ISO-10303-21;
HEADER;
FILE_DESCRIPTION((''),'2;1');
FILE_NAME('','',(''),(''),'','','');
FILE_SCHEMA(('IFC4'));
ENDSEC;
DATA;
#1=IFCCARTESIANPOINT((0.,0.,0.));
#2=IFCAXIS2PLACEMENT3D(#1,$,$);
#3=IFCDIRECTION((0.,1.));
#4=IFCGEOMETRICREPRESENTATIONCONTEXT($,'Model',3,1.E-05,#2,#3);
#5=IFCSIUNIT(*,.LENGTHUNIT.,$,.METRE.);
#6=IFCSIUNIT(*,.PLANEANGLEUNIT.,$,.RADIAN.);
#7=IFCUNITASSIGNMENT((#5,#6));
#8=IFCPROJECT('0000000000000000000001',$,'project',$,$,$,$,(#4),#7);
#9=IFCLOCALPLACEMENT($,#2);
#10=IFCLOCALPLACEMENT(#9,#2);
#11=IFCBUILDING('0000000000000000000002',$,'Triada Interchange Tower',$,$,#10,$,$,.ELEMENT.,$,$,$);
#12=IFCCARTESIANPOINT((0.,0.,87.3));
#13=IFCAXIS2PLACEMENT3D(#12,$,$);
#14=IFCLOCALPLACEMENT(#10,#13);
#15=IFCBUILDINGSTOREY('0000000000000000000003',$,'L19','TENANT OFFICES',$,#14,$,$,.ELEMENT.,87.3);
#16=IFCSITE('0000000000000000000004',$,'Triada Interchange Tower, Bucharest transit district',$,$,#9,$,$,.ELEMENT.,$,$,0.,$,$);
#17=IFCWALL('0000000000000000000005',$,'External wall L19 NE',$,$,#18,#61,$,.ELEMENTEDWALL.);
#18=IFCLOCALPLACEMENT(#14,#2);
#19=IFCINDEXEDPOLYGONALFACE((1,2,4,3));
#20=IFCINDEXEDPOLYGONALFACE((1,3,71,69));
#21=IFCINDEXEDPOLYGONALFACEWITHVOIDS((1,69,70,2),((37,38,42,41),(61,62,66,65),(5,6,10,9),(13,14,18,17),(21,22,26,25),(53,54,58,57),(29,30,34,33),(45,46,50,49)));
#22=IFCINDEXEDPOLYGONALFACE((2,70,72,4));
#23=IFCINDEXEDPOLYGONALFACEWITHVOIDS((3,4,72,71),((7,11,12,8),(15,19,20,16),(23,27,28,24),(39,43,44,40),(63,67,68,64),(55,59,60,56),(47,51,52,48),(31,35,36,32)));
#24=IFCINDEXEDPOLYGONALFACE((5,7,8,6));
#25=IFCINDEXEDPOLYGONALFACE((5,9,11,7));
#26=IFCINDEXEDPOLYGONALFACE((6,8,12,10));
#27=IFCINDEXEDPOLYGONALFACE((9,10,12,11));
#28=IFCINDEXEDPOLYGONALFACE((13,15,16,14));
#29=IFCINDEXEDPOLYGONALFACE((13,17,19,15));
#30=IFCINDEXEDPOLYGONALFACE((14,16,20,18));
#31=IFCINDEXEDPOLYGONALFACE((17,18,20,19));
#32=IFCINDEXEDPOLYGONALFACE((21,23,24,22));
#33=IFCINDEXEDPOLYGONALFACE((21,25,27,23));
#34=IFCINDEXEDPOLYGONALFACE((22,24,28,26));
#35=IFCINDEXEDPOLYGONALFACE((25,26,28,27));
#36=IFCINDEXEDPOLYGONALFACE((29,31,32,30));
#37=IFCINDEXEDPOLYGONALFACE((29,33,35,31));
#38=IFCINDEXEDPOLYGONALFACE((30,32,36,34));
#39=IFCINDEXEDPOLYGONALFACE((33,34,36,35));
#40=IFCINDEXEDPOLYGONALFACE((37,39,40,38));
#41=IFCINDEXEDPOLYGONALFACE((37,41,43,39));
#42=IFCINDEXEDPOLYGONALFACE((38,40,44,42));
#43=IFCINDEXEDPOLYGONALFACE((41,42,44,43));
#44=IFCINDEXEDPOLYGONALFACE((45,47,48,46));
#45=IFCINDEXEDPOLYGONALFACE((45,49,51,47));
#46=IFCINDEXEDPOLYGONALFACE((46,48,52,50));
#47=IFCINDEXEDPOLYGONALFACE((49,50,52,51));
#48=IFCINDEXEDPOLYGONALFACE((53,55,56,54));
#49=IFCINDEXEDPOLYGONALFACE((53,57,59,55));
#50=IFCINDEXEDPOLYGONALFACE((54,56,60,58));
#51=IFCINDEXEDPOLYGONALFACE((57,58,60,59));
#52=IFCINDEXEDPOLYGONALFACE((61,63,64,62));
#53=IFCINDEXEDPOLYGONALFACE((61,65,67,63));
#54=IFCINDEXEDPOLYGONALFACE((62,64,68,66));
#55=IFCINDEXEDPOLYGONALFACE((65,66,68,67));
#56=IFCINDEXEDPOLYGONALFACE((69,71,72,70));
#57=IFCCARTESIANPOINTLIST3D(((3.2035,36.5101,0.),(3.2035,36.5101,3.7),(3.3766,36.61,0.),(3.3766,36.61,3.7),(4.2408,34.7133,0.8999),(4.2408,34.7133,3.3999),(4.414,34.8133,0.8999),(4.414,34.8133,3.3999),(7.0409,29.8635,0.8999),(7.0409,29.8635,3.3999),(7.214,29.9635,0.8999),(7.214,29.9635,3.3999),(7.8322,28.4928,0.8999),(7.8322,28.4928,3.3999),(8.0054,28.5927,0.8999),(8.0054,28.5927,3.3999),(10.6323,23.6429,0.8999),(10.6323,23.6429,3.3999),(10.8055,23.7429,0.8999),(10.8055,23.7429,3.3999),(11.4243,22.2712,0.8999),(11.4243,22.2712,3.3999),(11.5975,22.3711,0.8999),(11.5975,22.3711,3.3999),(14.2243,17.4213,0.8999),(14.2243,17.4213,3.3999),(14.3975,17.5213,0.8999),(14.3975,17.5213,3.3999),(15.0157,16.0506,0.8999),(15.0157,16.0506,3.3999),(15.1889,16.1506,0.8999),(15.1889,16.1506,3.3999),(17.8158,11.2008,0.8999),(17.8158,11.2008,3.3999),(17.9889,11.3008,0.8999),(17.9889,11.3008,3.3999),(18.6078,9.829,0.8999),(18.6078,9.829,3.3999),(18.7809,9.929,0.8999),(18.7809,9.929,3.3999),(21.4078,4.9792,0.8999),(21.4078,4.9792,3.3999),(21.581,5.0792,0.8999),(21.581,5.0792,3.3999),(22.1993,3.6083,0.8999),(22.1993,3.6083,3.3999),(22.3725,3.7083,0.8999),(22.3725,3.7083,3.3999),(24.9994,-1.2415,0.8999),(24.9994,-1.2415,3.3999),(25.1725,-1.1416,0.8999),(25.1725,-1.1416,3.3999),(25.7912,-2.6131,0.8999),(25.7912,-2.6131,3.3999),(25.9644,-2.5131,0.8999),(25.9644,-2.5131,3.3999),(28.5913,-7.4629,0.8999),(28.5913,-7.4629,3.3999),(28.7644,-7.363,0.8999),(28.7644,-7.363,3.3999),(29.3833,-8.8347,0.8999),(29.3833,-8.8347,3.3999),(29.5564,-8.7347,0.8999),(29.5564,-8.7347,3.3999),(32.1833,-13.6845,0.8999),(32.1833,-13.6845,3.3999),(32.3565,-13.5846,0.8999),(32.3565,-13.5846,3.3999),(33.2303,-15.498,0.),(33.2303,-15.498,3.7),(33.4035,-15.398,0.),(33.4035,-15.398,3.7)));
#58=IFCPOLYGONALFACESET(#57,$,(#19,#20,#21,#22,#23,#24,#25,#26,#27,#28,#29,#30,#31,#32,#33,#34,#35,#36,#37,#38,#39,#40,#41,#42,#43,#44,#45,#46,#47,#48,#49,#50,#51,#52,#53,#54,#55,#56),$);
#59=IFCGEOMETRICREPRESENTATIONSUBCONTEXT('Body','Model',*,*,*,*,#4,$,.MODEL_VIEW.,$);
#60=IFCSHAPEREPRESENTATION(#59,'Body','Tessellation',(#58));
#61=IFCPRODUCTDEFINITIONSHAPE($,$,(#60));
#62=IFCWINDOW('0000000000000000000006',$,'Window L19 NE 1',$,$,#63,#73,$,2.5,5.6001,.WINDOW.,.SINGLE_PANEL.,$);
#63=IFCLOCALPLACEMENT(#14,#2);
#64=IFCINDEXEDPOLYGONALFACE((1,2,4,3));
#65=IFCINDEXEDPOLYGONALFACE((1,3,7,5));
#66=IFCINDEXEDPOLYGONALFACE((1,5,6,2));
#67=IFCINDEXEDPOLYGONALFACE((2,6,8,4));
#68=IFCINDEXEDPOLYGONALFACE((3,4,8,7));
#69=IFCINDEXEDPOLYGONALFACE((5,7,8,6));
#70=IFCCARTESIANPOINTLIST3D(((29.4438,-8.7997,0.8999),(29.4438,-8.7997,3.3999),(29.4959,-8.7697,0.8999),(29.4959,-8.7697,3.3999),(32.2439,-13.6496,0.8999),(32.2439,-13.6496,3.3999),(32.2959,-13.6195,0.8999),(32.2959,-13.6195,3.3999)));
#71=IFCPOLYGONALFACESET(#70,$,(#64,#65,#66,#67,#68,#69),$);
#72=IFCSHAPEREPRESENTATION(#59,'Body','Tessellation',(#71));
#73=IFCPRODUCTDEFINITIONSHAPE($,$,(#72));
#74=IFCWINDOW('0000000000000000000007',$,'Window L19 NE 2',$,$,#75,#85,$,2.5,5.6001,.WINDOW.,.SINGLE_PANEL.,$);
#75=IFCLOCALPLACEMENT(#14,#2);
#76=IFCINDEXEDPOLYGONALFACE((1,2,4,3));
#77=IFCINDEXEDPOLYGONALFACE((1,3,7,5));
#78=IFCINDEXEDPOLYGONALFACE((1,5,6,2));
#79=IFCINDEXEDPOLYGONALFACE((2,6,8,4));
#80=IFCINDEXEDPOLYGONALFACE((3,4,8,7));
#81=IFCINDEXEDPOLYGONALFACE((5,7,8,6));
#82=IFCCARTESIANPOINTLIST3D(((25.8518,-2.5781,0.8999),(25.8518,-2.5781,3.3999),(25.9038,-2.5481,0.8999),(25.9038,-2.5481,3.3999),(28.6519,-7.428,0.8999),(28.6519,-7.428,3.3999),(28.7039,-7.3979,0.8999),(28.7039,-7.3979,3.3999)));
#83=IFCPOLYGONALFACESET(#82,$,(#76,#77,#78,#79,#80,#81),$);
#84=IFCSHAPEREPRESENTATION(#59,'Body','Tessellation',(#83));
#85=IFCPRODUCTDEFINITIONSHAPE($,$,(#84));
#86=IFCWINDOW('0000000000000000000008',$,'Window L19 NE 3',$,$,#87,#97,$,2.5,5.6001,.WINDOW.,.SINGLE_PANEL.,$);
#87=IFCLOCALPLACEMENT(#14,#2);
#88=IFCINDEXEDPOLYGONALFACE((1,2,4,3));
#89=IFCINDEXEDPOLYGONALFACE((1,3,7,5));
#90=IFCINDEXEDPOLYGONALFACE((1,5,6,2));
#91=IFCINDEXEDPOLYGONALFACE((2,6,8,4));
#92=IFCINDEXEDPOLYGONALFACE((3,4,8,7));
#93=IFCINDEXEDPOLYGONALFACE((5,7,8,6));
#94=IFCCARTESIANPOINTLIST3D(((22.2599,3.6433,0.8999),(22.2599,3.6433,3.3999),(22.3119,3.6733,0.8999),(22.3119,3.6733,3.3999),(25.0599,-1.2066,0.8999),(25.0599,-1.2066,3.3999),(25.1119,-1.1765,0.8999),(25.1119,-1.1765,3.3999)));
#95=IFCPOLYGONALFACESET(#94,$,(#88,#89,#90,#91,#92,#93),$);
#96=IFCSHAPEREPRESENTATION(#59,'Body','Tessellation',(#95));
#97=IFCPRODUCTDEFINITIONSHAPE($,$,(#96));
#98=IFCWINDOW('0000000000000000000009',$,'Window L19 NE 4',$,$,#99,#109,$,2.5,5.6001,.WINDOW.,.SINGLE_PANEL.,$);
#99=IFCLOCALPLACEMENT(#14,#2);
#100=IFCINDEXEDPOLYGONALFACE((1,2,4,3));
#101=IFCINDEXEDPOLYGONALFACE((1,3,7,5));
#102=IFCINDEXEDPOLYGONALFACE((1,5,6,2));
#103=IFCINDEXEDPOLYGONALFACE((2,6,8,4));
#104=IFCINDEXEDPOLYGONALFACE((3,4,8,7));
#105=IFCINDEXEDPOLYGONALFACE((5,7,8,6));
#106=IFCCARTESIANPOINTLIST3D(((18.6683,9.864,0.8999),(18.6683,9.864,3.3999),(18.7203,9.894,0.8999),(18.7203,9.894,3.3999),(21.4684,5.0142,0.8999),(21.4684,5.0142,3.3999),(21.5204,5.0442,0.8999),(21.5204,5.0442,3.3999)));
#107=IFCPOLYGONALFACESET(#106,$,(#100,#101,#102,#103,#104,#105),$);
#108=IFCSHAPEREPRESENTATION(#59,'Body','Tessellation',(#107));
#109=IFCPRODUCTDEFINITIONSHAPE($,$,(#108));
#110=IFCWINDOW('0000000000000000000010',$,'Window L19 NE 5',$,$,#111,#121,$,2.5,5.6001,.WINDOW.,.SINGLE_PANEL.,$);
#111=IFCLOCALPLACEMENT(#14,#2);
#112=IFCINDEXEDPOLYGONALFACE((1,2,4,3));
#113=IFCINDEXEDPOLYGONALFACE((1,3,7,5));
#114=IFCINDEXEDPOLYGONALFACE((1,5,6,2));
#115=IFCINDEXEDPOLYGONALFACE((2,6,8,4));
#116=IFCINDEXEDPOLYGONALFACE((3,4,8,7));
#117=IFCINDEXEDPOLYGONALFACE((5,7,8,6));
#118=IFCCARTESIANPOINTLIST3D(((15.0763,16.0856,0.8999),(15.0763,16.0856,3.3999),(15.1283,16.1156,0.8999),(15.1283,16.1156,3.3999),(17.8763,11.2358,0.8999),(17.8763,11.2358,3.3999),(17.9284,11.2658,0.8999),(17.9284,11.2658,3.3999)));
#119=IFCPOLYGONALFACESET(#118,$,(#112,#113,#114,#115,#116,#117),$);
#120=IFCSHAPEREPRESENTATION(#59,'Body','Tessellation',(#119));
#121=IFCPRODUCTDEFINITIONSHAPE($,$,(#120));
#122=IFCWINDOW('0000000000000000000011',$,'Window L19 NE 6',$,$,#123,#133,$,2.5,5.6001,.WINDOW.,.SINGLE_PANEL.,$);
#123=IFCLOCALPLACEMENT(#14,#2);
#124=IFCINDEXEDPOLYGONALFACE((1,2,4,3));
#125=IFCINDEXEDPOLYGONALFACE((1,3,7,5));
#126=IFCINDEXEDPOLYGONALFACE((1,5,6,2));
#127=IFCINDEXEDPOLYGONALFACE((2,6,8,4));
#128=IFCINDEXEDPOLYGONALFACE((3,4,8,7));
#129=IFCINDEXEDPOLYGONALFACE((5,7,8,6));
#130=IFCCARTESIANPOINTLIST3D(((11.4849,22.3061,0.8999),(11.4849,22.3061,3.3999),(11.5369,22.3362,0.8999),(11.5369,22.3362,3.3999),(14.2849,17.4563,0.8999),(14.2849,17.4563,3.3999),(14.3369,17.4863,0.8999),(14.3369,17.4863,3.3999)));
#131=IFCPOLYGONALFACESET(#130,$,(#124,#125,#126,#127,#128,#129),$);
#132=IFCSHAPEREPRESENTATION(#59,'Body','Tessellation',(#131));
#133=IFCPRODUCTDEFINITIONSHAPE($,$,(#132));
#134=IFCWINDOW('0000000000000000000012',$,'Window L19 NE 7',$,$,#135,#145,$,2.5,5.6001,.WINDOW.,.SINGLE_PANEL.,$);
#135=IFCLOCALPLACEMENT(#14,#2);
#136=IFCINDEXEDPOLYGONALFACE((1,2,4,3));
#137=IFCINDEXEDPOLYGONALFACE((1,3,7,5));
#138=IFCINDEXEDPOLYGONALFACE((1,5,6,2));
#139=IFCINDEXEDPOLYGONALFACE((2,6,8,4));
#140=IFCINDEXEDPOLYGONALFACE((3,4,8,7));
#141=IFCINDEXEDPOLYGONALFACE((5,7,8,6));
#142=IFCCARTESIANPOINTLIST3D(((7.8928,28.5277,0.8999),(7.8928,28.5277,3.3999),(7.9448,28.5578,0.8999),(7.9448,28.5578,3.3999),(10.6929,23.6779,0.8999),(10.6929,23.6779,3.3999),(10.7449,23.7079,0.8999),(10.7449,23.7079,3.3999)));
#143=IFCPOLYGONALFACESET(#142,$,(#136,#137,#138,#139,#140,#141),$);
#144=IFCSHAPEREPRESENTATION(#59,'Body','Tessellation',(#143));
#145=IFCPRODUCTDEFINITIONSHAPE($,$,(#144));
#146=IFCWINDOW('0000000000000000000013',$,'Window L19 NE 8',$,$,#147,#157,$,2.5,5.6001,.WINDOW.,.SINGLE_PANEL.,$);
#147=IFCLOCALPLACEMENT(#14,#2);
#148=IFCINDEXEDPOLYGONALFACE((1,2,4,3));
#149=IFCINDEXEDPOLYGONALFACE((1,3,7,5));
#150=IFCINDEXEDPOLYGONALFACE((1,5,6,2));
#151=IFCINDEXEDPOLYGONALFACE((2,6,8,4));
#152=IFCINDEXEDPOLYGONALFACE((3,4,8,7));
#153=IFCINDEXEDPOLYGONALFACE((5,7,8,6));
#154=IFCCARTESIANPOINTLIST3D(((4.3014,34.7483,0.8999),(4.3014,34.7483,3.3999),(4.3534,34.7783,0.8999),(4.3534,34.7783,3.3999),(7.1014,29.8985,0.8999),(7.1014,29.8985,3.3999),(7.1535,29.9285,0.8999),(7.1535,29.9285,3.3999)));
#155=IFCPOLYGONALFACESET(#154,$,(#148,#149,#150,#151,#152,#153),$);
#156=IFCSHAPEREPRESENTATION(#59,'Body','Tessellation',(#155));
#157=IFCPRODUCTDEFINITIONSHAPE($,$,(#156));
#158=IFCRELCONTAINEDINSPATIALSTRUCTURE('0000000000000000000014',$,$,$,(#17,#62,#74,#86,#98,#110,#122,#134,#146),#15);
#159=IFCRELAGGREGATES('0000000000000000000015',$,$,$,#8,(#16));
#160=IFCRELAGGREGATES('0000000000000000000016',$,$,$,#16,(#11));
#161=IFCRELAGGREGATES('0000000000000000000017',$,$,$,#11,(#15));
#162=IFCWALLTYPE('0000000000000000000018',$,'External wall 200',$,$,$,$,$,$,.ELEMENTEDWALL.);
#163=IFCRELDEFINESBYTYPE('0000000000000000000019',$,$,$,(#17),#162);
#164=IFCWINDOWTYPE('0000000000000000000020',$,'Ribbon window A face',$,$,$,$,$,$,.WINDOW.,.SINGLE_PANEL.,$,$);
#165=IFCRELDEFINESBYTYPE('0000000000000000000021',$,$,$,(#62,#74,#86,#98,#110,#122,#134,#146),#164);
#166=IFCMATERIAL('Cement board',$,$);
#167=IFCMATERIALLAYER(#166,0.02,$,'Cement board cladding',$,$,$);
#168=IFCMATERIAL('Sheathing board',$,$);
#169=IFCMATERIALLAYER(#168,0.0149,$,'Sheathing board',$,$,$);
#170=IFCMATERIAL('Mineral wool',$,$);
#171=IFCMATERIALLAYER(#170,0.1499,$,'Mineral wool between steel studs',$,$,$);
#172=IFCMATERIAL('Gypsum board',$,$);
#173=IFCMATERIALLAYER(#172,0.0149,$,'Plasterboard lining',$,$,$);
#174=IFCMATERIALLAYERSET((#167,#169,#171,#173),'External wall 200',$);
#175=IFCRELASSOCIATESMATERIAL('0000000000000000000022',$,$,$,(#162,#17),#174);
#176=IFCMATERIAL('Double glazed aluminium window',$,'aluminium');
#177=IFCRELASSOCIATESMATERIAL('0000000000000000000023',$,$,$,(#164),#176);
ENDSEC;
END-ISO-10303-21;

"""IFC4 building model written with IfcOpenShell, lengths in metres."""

from ifc_helpers import new_model, si_unit, direction, frame, frame_2d, origin, place, context, subcontext, project, spatial, rectangle, extrude, material, layer, layer_set, layer_usage, type_object, element, fill, save


model = new_model("IFC4")

# Units and contexts
model_context = context("Model", 3, precision=1e-05, world=origin(), true_north=direction((0.0, 1.0)))
body_context = subcontext(model_context, "Body", "Model", "MODEL_VIEW")
ifc_project = project(units=[si_unit("LENGTHUNIT", "METRE"), si_unit("PLANEANGLEUNIT", "RADIAN")], contexts=[model_context])

# Site, building, storey
site_placement = place(None, origin())
site = spatial("IfcSite", under=ifc_project, at=site_placement, Name="Triada Interchange Tower, Bucharest transit district", CompositionType="ELEMENT", RefElevation=0.0)
building_placement = place(site_placement, origin())
building = spatial("IfcBuilding", under=site, at=building_placement, Name="Triada Interchange Tower", CompositionType="ELEMENT")
storey_placement = place(building_placement, frame((0.0, 0.0, 87.3)))
storey = spatial("IfcBuildingStorey", under=building, at=storey_placement, Name="L19", Description="TENANT OFFICES", CompositionType="ELEMENT", Elevation=87.3)

# Shared definitions
ifc_material_1 = material(Name="Cement board")
ifc_layer_1 = layer(ifc_material_1, 0.02, Name="Cement board cladding")
ifc_material_2 = material(Name="Sheathing board")
ifc_layer_2 = layer(ifc_material_2, 0.0149, Name="Sheathing board")
ifc_material_3 = material(Name="Mineral wool")
ifc_layer_3 = layer(ifc_material_3, 0.1499, Name="Mineral wool between steel studs")
ifc_material_4 = material(Name="Gypsum board")
ifc_layer_4 = layer(ifc_material_4, 0.0149, Name="Plasterboard lining")
ifc_layer_set_1 = layer_set([ifc_layer_1, ifc_layer_2, ifc_layer_3, ifc_layer_4], Name="External wall 200")
ifc_layer_usage = layer_usage(ifc_layer_set_1, "AXIS2", "POSITIVE", -0.1001)
wall_type = type_object("IfcWallType", Name="External wall 200", PredefinedType="ELEMENTEDWALL", material=ifc_layer_set_1)
ifc_material_5 = material(Name="Double glazed aluminium window", Category="aluminium")

# Wall, openings, windows
wall_1_placement = place(storey_placement, frame((33.3169, -15.448, 0.0), z_axis=(0.0, 0.0, 1.0), x_axis=(-0.5, 0.866025, 0.0)))
wall_1 = element("IfcWall", 1, at=wall_1_placement, inside=storey, type_object=wall_type, material=ifc_layer_usage, Name="External wall L19 NE", PredefinedType="ELEMENTEDWALL", context=body_context, shape_type="SweptSolid", body=[
    extrude(rectangle(XDim=60.0537, YDim=0.2, at=frame_2d((30.0269, 0.0))), origin(), (0.0, 0.0, 1.0), 3.7),
])
opening_1_placement = place(wall_1_placement, frame((2.094, 0.0, 0.8999)))
opening_1 = element("IfcOpeningElement", 2, at=opening_1_placement, cuts=wall_1, PredefinedType="OPENING", context=body_context, shape_type="SweptSolid", body=[
    extrude(rectangle(XDim=5.6001, YDim=2.5, at=frame_2d((2.8, 1.25))), frame((0.0, 0.1099, 0.0), z_axis=(0.0, -1.0, 0.0), x_axis=(1.0, 0.0, 0.0)), (0.0, 0.0, 1.0), 0.22),
])
opening_2_placement = place(wall_1_placement, frame((9.2781, 0.0, 0.8999)))
opening_2 = element("IfcOpeningElement", 3, at=opening_2_placement, cuts=wall_1, PredefinedType="OPENING", context=body_context, shape_type="SweptSolid", body=[
    extrude(rectangle(XDim=5.6001, YDim=2.5, at=frame_2d((2.8, 1.25))), frame((0.0, 0.1099, 0.0), z_axis=(0.0, -1.0, 0.0), x_axis=(1.0, 0.0, 0.0)), (0.0, 0.0, 1.0), 0.22),
])
opening_3_placement = place(wall_1_placement, frame((16.4619, 0.0, 0.8999)))
opening_3 = element("IfcOpeningElement", 4, at=opening_3_placement, cuts=wall_1, PredefinedType="OPENING", context=body_context, shape_type="SweptSolid", body=[
    extrude(rectangle(XDim=5.6001, YDim=2.5, at=frame_2d((2.8, 1.25))), frame((0.0, 0.1099, 0.0), z_axis=(0.0, -1.0, 0.0), x_axis=(1.0, 0.0, 0.0)), (0.0, 0.0, 1.0), 0.22),
])
opening_4_placement = place(wall_1_placement, frame((23.645, 0.0, 0.8999)))
opening_4 = element("IfcOpeningElement", 5, at=opening_4_placement, cuts=wall_1, PredefinedType="OPENING", context=body_context, shape_type="SweptSolid", body=[
    extrude(rectangle(XDim=5.6001, YDim=2.5, at=frame_2d((2.8, 1.25))), frame((0.0, 0.1099, 0.0), z_axis=(0.0, -1.0, 0.0), x_axis=(1.0, 0.0, 0.0)), (0.0, 0.0, 1.0), 0.22),
])
opening_5_placement = place(wall_1_placement, frame((30.8291, 0.0, 0.8999)))
opening_5 = element("IfcOpeningElement", 6, at=opening_5_placement, cuts=wall_1, PredefinedType="OPENING", context=body_context, shape_type="SweptSolid", body=[
    extrude(rectangle(XDim=5.6001, YDim=2.5, at=frame_2d((2.8, 1.25))), frame((0.0, 0.1099, 0.0), z_axis=(0.0, -1.0, 0.0), x_axis=(1.0, 0.0, 0.0)), (0.0, 0.0, 1.0), 0.22),
])
opening_6_placement = place(wall_1_placement, frame((38.012, 0.0, 0.8999)))
opening_6 = element("IfcOpeningElement", 7, at=opening_6_placement, cuts=wall_1, PredefinedType="OPENING", context=body_context, shape_type="SweptSolid", body=[
    extrude(rectangle(XDim=5.6001, YDim=2.5, at=frame_2d((2.8, 1.25))), frame((0.0, 0.1099, 0.0), z_axis=(0.0, -1.0, 0.0), x_axis=(1.0, 0.0, 0.0)), (0.0, 0.0, 1.0), 0.22),
])
opening_7_placement = place(wall_1_placement, frame((45.196, 0.0, 0.8999)))
opening_7 = element("IfcOpeningElement", 8, at=opening_7_placement, cuts=wall_1, PredefinedType="OPENING", context=body_context, shape_type="SweptSolid", body=[
    extrude(rectangle(XDim=5.6001, YDim=2.5, at=frame_2d((2.8, 1.25))), frame((0.0, 0.1099, 0.0), z_axis=(0.0, -1.0, 0.0), x_axis=(1.0, 0.0, 0.0)), (0.0, 0.0, 1.0), 0.22),
])
opening_8_placement = place(wall_1_placement, frame((52.3789, 0.0, 0.8999)))
opening_8 = element("IfcOpeningElement", 9, at=opening_8_placement, cuts=wall_1, PredefinedType="OPENING", context=body_context, shape_type="SweptSolid", body=[
    extrude(rectangle(XDim=5.6001, YDim=2.5, at=frame_2d((2.8, 1.25))), frame((0.0, 0.1099, 0.0), z_axis=(0.0, -1.0, 0.0), x_axis=(1.0, 0.0, 0.0)), (0.0, 0.0, 1.0), 0.22),
])
window_type_1 = type_object("IfcWindowType", Name="Ribbon window A face", PartitioningType="SINGLE_PANEL", PredefinedType="WINDOW", material=ifc_material_5)
window_1_placement = place(opening_1_placement, origin())
window_1 = element("IfcWindow", 10, at=window_1_placement, inside=storey, type_object=window_type_1, Name="Window L19 NE 1", OverallHeight=2.5, OverallWidth=5.6001, PartitioningType="SINGLE_PANEL", PredefinedType="WINDOW", context=body_context, shape_type="SweptSolid", body=[
    extrude(rectangle(XDim=5.6001, YDim=2.5, at=frame_2d((2.8, 1.25))), frame((0.0, 0.03, 0.0), z_axis=(0.0, -1.0, 0.0), x_axis=(1.0, 0.0, 0.0)), (0.0, 0.0, 1.0), 0.0601),
])
fill(opening_1, window_1)
window_2_placement = place(opening_2_placement, origin())
window_2 = element("IfcWindow", 11, at=window_2_placement, inside=storey, type_object=window_type_1, Name="Window L19 NE 2", OverallHeight=2.5, OverallWidth=5.6001, PartitioningType="SINGLE_PANEL", PredefinedType="WINDOW", context=body_context, shape_type="SweptSolid", body=[
    extrude(rectangle(XDim=5.6001, YDim=2.5, at=frame_2d((2.8, 1.25))), frame((0.0, 0.03, 0.0), z_axis=(0.0, -1.0, 0.0), x_axis=(1.0, 0.0, 0.0)), (0.0, 0.0, 1.0), 0.0601),
])
fill(opening_2, window_2)
window_3_placement = place(opening_3_placement, origin())
window_3 = element("IfcWindow", 12, at=window_3_placement, inside=storey, type_object=window_type_1, Name="Window L19 NE 3", OverallHeight=2.5, OverallWidth=5.6001, PartitioningType="SINGLE_PANEL", PredefinedType="WINDOW", context=body_context, shape_type="SweptSolid", body=[
    extrude(rectangle(XDim=5.6001, YDim=2.5, at=frame_2d((2.8, 1.25))), frame((0.0, 0.03, 0.0), z_axis=(0.0, -1.0, 0.0), x_axis=(1.0, 0.0, 0.0)), (0.0, 0.0, 1.0), 0.0601),
])
fill(opening_3, window_3)
window_4_placement = place(opening_4_placement, origin())
window_4 = element("IfcWindow", 13, at=window_4_placement, inside=storey, type_object=window_type_1, Name="Window L19 NE 4", OverallHeight=2.5, OverallWidth=5.6001, PartitioningType="SINGLE_PANEL", PredefinedType="WINDOW", context=body_context, shape_type="SweptSolid", body=[
    extrude(rectangle(XDim=5.6001, YDim=2.5, at=frame_2d((2.8, 1.25))), frame((0.0, 0.03, 0.0), z_axis=(0.0, -1.0, 0.0), x_axis=(1.0, 0.0, 0.0)), (0.0, 0.0, 1.0), 0.0601),
])
fill(opening_4, window_4)
window_5_placement = place(opening_5_placement, origin())
window_5 = element("IfcWindow", 14, at=window_5_placement, inside=storey, type_object=window_type_1, Name="Window L19 NE 5", OverallHeight=2.5, OverallWidth=5.6001, PartitioningType="SINGLE_PANEL", PredefinedType="WINDOW", context=body_context, shape_type="SweptSolid", body=[
    extrude(rectangle(XDim=5.6001, YDim=2.5, at=frame_2d((2.8, 1.25))), frame((0.0, 0.03, 0.0), z_axis=(0.0, -1.0, 0.0), x_axis=(1.0, 0.0, 0.0)), (0.0, 0.0, 1.0), 0.0601),
])
fill(opening_5, window_5)
window_6_placement = place(opening_6_placement, origin())
window_6 = element("IfcWindow", 15, at=window_6_placement, inside=storey, type_object=window_type_1, Name="Window L19 NE 6", OverallHeight=2.5, OverallWidth=5.6001, PartitioningType="SINGLE_PANEL", PredefinedType="WINDOW", context=body_context, shape_type="SweptSolid", body=[
    extrude(rectangle(XDim=5.6001, YDim=2.5, at=frame_2d((2.8, 1.25))), frame((0.0, 0.03, 0.0), z_axis=(0.0, -1.0, 0.0), x_axis=(1.0, 0.0, 0.0)), (0.0, 0.0, 1.0), 0.0601),
])
fill(opening_6, window_6)
window_7_placement = place(opening_7_placement, origin())
window_7 = element("IfcWindow", 16, at=window_7_placement, inside=storey, type_object=window_type_1, Name="Window L19 NE 7", OverallHeight=2.5, OverallWidth=5.6001, PartitioningType="SINGLE_PANEL", PredefinedType="WINDOW", context=body_context, shape_type="SweptSolid", body=[
    extrude(rectangle(XDim=5.6001, YDim=2.5, at=frame_2d((2.8, 1.25))), frame((0.0, 0.03, 0.0), z_axis=(0.0, -1.0, 0.0), x_axis=(1.0, 0.0, 0.0)), (0.0, 0.0, 1.0), 0.0601),
])
fill(opening_7, window_7)
window_8_placement = place(opening_8_placement, origin())
window_8 = element("IfcWindow", 17, at=window_8_placement, inside=storey, type_object=window_type_1, Name="Window L19 NE 8", OverallHeight=2.5, OverallWidth=5.6001, PartitioningType="SINGLE_PANEL", PredefinedType="WINDOW", context=body_context, shape_type="SweptSolid", body=[
    extrude(rectangle(XDim=5.6001, YDim=2.5, at=frame_2d((2.8, 1.25))), frame((0.0, 0.03, 0.0), z_axis=(0.0, -1.0, 0.0), x_axis=(1.0, 0.0, 0.0)), (0.0, 0.0, 1.0), 0.0601),
])
fill(opening_8, window_8)

save(model, "model.ifc")
